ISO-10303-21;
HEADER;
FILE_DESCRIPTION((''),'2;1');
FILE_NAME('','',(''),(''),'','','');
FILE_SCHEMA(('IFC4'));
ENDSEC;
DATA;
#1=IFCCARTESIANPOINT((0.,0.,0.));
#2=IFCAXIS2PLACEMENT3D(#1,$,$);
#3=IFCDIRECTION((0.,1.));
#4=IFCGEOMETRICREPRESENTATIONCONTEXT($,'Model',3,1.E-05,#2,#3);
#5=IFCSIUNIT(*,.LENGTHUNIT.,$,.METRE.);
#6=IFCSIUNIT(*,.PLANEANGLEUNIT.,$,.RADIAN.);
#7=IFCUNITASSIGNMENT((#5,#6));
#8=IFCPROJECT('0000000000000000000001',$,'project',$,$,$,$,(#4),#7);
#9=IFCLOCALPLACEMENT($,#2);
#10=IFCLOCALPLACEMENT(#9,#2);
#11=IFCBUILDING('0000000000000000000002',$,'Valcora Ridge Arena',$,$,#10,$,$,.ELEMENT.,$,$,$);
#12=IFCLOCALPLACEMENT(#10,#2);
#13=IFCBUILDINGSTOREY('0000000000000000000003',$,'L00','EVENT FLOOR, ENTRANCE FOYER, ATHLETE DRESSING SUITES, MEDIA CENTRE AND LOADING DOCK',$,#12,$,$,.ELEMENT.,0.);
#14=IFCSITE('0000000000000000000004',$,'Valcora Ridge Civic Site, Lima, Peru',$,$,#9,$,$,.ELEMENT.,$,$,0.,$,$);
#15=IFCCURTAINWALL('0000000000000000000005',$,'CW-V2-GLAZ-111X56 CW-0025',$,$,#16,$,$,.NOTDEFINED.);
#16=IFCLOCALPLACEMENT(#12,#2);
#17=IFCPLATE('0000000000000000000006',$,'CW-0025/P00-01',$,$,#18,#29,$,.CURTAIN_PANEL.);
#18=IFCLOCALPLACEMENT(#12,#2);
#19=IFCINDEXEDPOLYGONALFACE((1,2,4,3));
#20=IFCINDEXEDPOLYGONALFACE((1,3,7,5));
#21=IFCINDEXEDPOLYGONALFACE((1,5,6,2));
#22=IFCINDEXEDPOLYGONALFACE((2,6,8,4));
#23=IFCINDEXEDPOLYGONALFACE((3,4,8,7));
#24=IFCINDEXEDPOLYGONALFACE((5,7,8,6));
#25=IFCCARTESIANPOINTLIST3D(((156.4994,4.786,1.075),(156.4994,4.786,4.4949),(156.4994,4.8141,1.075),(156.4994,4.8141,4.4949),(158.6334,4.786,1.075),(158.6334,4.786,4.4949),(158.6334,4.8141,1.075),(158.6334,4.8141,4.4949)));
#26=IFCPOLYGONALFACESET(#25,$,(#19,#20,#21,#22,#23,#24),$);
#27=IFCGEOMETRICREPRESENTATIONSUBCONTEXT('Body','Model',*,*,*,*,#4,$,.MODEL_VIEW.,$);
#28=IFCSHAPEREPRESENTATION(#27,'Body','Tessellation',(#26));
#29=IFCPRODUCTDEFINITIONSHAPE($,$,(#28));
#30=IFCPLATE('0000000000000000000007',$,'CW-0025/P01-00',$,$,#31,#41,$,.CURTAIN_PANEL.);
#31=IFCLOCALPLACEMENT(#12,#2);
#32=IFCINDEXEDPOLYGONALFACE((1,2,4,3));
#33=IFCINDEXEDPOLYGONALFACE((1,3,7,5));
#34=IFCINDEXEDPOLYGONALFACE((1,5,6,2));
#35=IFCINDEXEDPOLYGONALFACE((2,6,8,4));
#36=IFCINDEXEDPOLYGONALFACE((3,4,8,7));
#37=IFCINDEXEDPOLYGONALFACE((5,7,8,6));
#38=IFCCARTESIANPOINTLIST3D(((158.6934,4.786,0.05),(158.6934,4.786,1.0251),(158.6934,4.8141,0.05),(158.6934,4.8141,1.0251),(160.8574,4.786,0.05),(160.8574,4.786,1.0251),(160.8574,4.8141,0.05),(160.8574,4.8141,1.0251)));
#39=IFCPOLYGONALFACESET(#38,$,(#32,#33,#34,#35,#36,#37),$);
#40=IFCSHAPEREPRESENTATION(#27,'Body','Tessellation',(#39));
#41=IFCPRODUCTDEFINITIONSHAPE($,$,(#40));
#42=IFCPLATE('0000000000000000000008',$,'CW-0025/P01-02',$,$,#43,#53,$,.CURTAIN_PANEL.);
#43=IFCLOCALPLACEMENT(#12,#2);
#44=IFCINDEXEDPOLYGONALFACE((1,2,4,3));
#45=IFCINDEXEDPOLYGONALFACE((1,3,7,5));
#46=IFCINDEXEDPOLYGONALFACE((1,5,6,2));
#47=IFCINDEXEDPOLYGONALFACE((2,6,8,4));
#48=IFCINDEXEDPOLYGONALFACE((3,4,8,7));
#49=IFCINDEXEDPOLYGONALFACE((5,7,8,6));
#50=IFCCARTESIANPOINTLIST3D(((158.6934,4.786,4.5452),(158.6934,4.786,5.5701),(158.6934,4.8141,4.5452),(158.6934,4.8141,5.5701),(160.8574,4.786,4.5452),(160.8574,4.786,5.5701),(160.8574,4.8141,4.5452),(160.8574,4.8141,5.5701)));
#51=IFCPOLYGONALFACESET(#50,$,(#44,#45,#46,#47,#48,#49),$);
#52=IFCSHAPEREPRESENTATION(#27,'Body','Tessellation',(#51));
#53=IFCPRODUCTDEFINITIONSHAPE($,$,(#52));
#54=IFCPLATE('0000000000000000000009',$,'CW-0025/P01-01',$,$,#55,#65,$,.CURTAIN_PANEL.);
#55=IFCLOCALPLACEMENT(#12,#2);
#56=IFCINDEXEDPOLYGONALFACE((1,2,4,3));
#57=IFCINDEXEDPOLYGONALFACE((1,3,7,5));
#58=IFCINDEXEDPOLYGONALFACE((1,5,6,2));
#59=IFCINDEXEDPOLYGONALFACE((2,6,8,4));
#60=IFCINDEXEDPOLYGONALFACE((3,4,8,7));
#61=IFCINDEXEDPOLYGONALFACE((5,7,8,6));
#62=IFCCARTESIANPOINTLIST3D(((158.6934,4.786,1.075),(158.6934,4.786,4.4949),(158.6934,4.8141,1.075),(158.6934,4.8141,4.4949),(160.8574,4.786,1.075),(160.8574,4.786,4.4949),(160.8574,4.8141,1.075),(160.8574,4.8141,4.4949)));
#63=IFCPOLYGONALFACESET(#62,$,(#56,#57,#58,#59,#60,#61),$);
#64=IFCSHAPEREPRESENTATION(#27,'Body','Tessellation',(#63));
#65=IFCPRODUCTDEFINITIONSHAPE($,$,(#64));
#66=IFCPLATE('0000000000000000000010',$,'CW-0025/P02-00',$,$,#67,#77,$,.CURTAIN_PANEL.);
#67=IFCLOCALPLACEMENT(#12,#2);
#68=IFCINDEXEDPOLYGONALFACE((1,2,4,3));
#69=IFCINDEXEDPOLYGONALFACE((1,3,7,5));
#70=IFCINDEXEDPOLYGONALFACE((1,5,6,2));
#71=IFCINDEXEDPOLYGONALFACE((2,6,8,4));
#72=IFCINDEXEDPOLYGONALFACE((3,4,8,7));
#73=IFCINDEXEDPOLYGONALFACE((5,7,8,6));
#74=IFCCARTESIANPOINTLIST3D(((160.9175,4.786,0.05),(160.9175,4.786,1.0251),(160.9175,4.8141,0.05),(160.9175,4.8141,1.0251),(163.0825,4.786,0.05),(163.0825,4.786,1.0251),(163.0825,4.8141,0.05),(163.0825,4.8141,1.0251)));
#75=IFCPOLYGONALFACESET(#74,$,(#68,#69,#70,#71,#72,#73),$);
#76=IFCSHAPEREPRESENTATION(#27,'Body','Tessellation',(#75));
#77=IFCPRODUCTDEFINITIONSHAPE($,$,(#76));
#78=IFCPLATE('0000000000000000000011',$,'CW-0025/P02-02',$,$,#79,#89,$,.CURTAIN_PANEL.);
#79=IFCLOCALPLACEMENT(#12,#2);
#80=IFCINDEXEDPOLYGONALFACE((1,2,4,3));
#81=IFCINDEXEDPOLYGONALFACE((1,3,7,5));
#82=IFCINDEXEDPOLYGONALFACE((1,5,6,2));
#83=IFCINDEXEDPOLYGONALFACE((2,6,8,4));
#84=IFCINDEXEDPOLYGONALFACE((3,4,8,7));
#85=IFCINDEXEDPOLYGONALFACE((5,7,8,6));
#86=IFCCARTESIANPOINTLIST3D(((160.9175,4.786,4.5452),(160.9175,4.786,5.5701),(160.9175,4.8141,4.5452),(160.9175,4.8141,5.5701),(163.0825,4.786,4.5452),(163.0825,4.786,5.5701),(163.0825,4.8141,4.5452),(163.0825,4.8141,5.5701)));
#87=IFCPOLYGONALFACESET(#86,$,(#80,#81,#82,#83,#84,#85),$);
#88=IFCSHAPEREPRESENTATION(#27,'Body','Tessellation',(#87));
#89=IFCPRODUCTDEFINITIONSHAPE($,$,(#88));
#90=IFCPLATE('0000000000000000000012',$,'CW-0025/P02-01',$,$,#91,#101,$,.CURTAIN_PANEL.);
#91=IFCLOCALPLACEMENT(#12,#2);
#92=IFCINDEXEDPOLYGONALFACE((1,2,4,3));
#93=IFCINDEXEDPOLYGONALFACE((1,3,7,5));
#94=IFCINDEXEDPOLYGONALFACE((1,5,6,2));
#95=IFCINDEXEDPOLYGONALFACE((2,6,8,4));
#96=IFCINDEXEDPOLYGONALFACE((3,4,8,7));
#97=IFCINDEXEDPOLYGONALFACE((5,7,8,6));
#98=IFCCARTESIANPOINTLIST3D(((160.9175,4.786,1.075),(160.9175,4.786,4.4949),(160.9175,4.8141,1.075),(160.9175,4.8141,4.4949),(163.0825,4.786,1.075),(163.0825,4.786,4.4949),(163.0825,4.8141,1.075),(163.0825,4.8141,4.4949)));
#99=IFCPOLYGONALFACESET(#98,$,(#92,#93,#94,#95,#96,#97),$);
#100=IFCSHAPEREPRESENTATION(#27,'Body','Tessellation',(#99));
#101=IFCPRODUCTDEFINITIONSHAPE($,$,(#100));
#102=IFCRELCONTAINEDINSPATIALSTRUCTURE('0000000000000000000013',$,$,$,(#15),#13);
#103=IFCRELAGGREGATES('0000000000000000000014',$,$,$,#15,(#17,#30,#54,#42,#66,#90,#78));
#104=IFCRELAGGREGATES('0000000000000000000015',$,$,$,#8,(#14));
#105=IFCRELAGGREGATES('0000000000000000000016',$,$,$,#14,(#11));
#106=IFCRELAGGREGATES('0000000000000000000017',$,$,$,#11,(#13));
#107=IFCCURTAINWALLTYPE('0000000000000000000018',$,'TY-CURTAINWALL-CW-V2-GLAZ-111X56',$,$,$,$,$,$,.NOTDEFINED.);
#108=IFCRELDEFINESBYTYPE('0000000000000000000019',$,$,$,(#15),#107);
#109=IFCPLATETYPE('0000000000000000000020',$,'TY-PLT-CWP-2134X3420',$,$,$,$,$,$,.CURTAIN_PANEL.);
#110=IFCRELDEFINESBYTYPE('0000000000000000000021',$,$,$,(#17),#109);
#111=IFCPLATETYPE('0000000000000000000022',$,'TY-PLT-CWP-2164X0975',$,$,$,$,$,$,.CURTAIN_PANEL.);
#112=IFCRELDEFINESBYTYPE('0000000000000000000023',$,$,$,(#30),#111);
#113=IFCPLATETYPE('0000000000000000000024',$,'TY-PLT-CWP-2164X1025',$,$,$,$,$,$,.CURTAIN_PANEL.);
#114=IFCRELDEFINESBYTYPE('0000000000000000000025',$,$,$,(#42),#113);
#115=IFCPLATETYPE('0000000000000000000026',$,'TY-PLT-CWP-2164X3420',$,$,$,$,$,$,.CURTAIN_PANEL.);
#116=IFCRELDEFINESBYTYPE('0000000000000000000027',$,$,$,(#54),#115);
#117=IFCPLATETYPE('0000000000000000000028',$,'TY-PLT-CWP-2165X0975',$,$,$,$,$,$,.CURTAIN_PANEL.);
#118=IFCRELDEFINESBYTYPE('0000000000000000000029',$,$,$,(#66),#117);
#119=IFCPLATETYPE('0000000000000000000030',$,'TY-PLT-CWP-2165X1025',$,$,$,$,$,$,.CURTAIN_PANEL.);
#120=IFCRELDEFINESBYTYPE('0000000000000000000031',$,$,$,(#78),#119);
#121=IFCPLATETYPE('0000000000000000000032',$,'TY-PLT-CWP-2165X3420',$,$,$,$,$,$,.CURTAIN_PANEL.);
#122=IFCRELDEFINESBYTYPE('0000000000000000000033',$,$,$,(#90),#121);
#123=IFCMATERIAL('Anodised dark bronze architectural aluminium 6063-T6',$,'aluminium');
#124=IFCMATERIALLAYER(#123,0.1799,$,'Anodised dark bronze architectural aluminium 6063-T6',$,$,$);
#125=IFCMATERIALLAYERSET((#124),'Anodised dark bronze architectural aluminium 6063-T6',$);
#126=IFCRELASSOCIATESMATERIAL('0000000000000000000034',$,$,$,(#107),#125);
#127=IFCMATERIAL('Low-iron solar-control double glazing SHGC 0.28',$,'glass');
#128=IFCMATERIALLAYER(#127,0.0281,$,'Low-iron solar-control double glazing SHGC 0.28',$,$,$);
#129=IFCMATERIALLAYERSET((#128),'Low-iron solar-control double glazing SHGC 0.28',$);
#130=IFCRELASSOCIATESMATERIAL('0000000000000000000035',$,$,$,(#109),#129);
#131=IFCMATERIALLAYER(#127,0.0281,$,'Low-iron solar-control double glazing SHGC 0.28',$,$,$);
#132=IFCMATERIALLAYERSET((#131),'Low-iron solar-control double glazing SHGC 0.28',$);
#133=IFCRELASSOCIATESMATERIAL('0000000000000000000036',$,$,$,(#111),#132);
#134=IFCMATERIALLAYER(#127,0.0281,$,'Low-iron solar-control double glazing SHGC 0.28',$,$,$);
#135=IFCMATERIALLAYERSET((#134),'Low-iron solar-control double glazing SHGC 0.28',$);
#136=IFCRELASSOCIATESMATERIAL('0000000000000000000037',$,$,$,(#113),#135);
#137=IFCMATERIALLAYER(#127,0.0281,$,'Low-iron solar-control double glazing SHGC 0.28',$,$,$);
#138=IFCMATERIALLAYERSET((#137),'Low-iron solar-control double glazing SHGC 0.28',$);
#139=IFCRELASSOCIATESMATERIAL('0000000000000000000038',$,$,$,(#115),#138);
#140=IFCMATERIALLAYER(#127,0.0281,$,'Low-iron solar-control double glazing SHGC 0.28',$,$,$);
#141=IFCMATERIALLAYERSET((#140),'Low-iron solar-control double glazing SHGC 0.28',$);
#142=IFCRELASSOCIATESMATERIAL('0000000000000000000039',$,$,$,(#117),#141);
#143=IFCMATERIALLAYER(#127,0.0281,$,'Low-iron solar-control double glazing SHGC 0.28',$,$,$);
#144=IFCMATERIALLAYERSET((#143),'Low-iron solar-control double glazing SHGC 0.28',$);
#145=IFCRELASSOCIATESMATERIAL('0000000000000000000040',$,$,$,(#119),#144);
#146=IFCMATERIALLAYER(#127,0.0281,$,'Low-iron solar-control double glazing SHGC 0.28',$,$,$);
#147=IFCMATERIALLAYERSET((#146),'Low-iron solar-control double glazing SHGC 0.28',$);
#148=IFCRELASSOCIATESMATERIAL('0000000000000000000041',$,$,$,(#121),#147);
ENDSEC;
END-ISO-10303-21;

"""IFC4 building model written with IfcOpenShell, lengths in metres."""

from ifc_helpers import new_model, si_unit, direction, frame, origin, origin_2d, place, context, subcontext, project, spatial, rectangle, extrude, material, layer, layer_set, type_object, element, aggregate, save


model = new_model("IFC4")

# Units and contexts
model_context = context("Model", 3, precision=1e-05, world=origin(), true_north=direction((0.0, 1.0)))
body_context = subcontext(model_context, "Body", "Model", "MODEL_VIEW")
ifc_project = project(units=[si_unit("LENGTHUNIT", "METRE"), si_unit("PLANEANGLEUNIT", "RADIAN")], contexts=[model_context])

# Site, building, storey
site_placement = place(None, origin())
site = spatial("IfcSite", under=ifc_project, at=site_placement, Name="Valcora Ridge Civic Site, Lima, Peru", CompositionType="ELEMENT", RefElevation=0.0)
building_placement = place(site_placement, origin())
building = spatial("IfcBuilding", under=site, at=building_placement, Name="Valcora Ridge Arena", CompositionType="ELEMENT")
storey_placement = place(building_placement, origin())
storey = spatial("IfcBuildingStorey", under=building, at=storey_placement, Name="L00", Description="EVENT FLOOR, ENTRANCE FOYER, ATHLETE DRESSING SUITES, MEDIA CENTRE AND LOADING DOCK", CompositionType="ELEMENT", Elevation=0.0)

# Curtain wall, plates
ifc_material_1 = material(Name="Anodised dark bronze architectural aluminium 6063-T6", Category="aluminium")
ifc_layer_1 = layer(ifc_material_1, 0.1799, Name="Anodised dark bronze architectural aluminium 6063-T6")
ifc_layer_set_1 = layer_set([ifc_layer_1], Name="Anodised dark bronze architectural aluminium 6063-T6")
curtain_wall_type = type_object("IfcCurtainWallType", Name="TY-CURTAINWALL-CW-V2-GLAZ-111X56", PredefinedType="NOTDEFINED", material=ifc_layer_set_1)
curtain_wall_placement = place(storey_placement, origin())
curtain_wall = element("IfcCurtainWall", 1, at=curtain_wall_placement, inside=storey, type_object=curtain_wall_type, Name="CW-V2-GLAZ-111X56 CW-0025", PredefinedType="NOTDEFINED")
ifc_material_2 = material(Name="Low-iron solar-control double glazing SHGC 0.28", Category="glass")
ifc_layer_2 = layer(ifc_material_2, 0.0281, Name="Low-iron solar-control double glazing SHGC 0.28")
ifc_layer_set_2 = layer_set([ifc_layer_2], Name="Low-iron solar-control double glazing SHGC 0.28")
plate_type_1 = type_object("IfcPlateType", Name="TY-PLT-CWP-2134X3420", PredefinedType="CURTAIN_PANEL", material=ifc_layer_set_2)
plate_1_placement = place(storey_placement, frame((157.5664, 4.8, 1.075), z_axis=(0.0, 0.0, 1.0), x_axis=(1.0, 0.0, 0.0)))
plate_1 = element("IfcPlate", 2, at=plate_1_placement, type_object=plate_type_1, Name="CW-0025/P00-01", PredefinedType="CURTAIN_PANEL", context=body_context, shape_type="SweptSolid", body=[
    extrude(rectangle(XDim=2.134, YDim=0.0281, at=origin_2d()), origin(), (0.0, 0.0, 1.0), 3.4199),
])
ifc_layer_3 = layer(ifc_material_2, 0.0281, Name="Low-iron solar-control double glazing SHGC 0.28")
ifc_layer_set_3 = layer_set([ifc_layer_3], Name="Low-iron solar-control double glazing SHGC 0.28")
plate_type_2 = type_object("IfcPlateType", Name="TY-PLT-CWP-2164X0975", PredefinedType="CURTAIN_PANEL", material=ifc_layer_set_3)
plate_2_placement = place(storey_placement, frame((159.7754, 4.8, 0.05), z_axis=(0.0, 0.0, 1.0), x_axis=(1.0, 0.0, 0.0)))
plate_2 = element("IfcPlate", 3, at=plate_2_placement, type_object=plate_type_2, Name="CW-0025/P01-00", PredefinedType="CURTAIN_PANEL", context=body_context, shape_type="SweptSolid", body=[
    extrude(rectangle(XDim=2.1641, YDim=0.0281, at=origin_2d()), origin(), (0.0, 0.0, 1.0), 0.9751),
])
ifc_layer_4 = layer(ifc_material_2, 0.0281, Name="Low-iron solar-control double glazing SHGC 0.28")
ifc_layer_set_4 = layer_set([ifc_layer_4], Name="Low-iron solar-control double glazing SHGC 0.28")
plate_type_3 = type_object("IfcPlateType", Name="TY-PLT-CWP-2164X1025", PredefinedType="CURTAIN_PANEL", material=ifc_layer_set_4)
plate_3_placement = place(storey_placement, frame((159.7754, 4.8, 4.5452), z_axis=(0.0, 0.0, 1.0), x_axis=(1.0, 0.0, 0.0)))
plate_3 = element("IfcPlate", 4, at=plate_3_placement, type_object=plate_type_3, Name="CW-0025/P01-02", PredefinedType="CURTAIN_PANEL", context=body_context, shape_type="SweptSolid", body=[
    extrude(rectangle(XDim=2.1641, YDim=0.0281, at=origin_2d()), origin(), (0.0, 0.0, 1.0), 1.0249),
])
ifc_layer_5 = layer(ifc_material_2, 0.0281, Name="Low-iron solar-control double glazing SHGC 0.28")
ifc_layer_set_5 = layer_set([ifc_layer_5], Name="Low-iron solar-control double glazing SHGC 0.28")
plate_type_4 = type_object("IfcPlateType", Name="TY-PLT-CWP-2164X3420", PredefinedType="CURTAIN_PANEL", material=ifc_layer_set_5)
plate_4_placement = place(storey_placement, frame((159.7754, 4.8, 1.075), z_axis=(0.0, 0.0, 1.0), x_axis=(1.0, 0.0, 0.0)))
plate_4 = element("IfcPlate", 5, at=plate_4_placement, type_object=plate_type_4, Name="CW-0025/P01-01", PredefinedType="CURTAIN_PANEL", context=body_context, shape_type="SweptSolid", body=[
    extrude(rectangle(XDim=2.1641, YDim=0.0281, at=origin_2d()), origin(), (0.0, 0.0, 1.0), 3.4199),
])
ifc_layer_6 = layer(ifc_material_2, 0.0281, Name="Low-iron solar-control double glazing SHGC 0.28")
ifc_layer_set_6 = layer_set([ifc_layer_6], Name="Low-iron solar-control double glazing SHGC 0.28")
plate_type_5 = type_object("IfcPlateType", Name="TY-PLT-CWP-2165X0975", PredefinedType="CURTAIN_PANEL", material=ifc_layer_set_6)
plate_5_placement = place(storey_placement, frame((162.0, 4.8, 0.05), z_axis=(0.0, 0.0, 1.0), x_axis=(1.0, 0.0, 0.0)))
plate_5 = element("IfcPlate", 6, at=plate_5_placement, type_object=plate_type_5, Name="CW-0025/P02-00", PredefinedType="CURTAIN_PANEL", context=body_context, shape_type="SweptSolid", body=[
    extrude(rectangle(XDim=2.165, YDim=0.0281, at=origin_2d()), origin(), (0.0, 0.0, 1.0), 0.9751),
])
ifc_layer_7 = layer(ifc_material_2, 0.0281, Name="Low-iron solar-control double glazing SHGC 0.28")
ifc_layer_set_7 = layer_set([ifc_layer_7], Name="Low-iron solar-control double glazing SHGC 0.28")
plate_type_6 = type_object("IfcPlateType", Name="TY-PLT-CWP-2165X1025", PredefinedType="CURTAIN_PANEL", material=ifc_layer_set_7)
plate_6_placement = place(storey_placement, frame((162.0, 4.8, 4.5452), z_axis=(0.0, 0.0, 1.0), x_axis=(1.0, 0.0, 0.0)))
plate_6 = element("IfcPlate", 7, at=plate_6_placement, type_object=plate_type_6, Name="CW-0025/P02-02", PredefinedType="CURTAIN_PANEL", context=body_context, shape_type="SweptSolid", body=[
    extrude(rectangle(XDim=2.165, YDim=0.0281, at=origin_2d()), origin(), (0.0, 0.0, 1.0), 1.0249),
])
ifc_layer_8 = layer(ifc_material_2, 0.0281, Name="Low-iron solar-control double glazing SHGC 0.28")
ifc_layer_set_8 = layer_set([ifc_layer_8], Name="Low-iron solar-control double glazing SHGC 0.28")
plate_type_7 = type_object("IfcPlateType", Name="TY-PLT-CWP-2165X3420", PredefinedType="CURTAIN_PANEL", material=ifc_layer_set_8)
plate_7_placement = place(storey_placement, frame((162.0, 4.8, 1.075), z_axis=(0.0, 0.0, 1.0), x_axis=(1.0, 0.0, 0.0)))
plate_7 = element("IfcPlate", 8, at=plate_7_placement, type_object=plate_type_7, Name="CW-0025/P02-01", PredefinedType="CURTAIN_PANEL", context=body_context, shape_type="SweptSolid", body=[
    extrude(rectangle(XDim=2.165, YDim=0.0281, at=origin_2d()), origin(), (0.0, 0.0, 1.0), 3.4199),
])
aggregate(curtain_wall, [plate_1, plate_2, plate_4, plate_3, plate_5, plate_7, plate_6])

save(model, "model.ifc")
